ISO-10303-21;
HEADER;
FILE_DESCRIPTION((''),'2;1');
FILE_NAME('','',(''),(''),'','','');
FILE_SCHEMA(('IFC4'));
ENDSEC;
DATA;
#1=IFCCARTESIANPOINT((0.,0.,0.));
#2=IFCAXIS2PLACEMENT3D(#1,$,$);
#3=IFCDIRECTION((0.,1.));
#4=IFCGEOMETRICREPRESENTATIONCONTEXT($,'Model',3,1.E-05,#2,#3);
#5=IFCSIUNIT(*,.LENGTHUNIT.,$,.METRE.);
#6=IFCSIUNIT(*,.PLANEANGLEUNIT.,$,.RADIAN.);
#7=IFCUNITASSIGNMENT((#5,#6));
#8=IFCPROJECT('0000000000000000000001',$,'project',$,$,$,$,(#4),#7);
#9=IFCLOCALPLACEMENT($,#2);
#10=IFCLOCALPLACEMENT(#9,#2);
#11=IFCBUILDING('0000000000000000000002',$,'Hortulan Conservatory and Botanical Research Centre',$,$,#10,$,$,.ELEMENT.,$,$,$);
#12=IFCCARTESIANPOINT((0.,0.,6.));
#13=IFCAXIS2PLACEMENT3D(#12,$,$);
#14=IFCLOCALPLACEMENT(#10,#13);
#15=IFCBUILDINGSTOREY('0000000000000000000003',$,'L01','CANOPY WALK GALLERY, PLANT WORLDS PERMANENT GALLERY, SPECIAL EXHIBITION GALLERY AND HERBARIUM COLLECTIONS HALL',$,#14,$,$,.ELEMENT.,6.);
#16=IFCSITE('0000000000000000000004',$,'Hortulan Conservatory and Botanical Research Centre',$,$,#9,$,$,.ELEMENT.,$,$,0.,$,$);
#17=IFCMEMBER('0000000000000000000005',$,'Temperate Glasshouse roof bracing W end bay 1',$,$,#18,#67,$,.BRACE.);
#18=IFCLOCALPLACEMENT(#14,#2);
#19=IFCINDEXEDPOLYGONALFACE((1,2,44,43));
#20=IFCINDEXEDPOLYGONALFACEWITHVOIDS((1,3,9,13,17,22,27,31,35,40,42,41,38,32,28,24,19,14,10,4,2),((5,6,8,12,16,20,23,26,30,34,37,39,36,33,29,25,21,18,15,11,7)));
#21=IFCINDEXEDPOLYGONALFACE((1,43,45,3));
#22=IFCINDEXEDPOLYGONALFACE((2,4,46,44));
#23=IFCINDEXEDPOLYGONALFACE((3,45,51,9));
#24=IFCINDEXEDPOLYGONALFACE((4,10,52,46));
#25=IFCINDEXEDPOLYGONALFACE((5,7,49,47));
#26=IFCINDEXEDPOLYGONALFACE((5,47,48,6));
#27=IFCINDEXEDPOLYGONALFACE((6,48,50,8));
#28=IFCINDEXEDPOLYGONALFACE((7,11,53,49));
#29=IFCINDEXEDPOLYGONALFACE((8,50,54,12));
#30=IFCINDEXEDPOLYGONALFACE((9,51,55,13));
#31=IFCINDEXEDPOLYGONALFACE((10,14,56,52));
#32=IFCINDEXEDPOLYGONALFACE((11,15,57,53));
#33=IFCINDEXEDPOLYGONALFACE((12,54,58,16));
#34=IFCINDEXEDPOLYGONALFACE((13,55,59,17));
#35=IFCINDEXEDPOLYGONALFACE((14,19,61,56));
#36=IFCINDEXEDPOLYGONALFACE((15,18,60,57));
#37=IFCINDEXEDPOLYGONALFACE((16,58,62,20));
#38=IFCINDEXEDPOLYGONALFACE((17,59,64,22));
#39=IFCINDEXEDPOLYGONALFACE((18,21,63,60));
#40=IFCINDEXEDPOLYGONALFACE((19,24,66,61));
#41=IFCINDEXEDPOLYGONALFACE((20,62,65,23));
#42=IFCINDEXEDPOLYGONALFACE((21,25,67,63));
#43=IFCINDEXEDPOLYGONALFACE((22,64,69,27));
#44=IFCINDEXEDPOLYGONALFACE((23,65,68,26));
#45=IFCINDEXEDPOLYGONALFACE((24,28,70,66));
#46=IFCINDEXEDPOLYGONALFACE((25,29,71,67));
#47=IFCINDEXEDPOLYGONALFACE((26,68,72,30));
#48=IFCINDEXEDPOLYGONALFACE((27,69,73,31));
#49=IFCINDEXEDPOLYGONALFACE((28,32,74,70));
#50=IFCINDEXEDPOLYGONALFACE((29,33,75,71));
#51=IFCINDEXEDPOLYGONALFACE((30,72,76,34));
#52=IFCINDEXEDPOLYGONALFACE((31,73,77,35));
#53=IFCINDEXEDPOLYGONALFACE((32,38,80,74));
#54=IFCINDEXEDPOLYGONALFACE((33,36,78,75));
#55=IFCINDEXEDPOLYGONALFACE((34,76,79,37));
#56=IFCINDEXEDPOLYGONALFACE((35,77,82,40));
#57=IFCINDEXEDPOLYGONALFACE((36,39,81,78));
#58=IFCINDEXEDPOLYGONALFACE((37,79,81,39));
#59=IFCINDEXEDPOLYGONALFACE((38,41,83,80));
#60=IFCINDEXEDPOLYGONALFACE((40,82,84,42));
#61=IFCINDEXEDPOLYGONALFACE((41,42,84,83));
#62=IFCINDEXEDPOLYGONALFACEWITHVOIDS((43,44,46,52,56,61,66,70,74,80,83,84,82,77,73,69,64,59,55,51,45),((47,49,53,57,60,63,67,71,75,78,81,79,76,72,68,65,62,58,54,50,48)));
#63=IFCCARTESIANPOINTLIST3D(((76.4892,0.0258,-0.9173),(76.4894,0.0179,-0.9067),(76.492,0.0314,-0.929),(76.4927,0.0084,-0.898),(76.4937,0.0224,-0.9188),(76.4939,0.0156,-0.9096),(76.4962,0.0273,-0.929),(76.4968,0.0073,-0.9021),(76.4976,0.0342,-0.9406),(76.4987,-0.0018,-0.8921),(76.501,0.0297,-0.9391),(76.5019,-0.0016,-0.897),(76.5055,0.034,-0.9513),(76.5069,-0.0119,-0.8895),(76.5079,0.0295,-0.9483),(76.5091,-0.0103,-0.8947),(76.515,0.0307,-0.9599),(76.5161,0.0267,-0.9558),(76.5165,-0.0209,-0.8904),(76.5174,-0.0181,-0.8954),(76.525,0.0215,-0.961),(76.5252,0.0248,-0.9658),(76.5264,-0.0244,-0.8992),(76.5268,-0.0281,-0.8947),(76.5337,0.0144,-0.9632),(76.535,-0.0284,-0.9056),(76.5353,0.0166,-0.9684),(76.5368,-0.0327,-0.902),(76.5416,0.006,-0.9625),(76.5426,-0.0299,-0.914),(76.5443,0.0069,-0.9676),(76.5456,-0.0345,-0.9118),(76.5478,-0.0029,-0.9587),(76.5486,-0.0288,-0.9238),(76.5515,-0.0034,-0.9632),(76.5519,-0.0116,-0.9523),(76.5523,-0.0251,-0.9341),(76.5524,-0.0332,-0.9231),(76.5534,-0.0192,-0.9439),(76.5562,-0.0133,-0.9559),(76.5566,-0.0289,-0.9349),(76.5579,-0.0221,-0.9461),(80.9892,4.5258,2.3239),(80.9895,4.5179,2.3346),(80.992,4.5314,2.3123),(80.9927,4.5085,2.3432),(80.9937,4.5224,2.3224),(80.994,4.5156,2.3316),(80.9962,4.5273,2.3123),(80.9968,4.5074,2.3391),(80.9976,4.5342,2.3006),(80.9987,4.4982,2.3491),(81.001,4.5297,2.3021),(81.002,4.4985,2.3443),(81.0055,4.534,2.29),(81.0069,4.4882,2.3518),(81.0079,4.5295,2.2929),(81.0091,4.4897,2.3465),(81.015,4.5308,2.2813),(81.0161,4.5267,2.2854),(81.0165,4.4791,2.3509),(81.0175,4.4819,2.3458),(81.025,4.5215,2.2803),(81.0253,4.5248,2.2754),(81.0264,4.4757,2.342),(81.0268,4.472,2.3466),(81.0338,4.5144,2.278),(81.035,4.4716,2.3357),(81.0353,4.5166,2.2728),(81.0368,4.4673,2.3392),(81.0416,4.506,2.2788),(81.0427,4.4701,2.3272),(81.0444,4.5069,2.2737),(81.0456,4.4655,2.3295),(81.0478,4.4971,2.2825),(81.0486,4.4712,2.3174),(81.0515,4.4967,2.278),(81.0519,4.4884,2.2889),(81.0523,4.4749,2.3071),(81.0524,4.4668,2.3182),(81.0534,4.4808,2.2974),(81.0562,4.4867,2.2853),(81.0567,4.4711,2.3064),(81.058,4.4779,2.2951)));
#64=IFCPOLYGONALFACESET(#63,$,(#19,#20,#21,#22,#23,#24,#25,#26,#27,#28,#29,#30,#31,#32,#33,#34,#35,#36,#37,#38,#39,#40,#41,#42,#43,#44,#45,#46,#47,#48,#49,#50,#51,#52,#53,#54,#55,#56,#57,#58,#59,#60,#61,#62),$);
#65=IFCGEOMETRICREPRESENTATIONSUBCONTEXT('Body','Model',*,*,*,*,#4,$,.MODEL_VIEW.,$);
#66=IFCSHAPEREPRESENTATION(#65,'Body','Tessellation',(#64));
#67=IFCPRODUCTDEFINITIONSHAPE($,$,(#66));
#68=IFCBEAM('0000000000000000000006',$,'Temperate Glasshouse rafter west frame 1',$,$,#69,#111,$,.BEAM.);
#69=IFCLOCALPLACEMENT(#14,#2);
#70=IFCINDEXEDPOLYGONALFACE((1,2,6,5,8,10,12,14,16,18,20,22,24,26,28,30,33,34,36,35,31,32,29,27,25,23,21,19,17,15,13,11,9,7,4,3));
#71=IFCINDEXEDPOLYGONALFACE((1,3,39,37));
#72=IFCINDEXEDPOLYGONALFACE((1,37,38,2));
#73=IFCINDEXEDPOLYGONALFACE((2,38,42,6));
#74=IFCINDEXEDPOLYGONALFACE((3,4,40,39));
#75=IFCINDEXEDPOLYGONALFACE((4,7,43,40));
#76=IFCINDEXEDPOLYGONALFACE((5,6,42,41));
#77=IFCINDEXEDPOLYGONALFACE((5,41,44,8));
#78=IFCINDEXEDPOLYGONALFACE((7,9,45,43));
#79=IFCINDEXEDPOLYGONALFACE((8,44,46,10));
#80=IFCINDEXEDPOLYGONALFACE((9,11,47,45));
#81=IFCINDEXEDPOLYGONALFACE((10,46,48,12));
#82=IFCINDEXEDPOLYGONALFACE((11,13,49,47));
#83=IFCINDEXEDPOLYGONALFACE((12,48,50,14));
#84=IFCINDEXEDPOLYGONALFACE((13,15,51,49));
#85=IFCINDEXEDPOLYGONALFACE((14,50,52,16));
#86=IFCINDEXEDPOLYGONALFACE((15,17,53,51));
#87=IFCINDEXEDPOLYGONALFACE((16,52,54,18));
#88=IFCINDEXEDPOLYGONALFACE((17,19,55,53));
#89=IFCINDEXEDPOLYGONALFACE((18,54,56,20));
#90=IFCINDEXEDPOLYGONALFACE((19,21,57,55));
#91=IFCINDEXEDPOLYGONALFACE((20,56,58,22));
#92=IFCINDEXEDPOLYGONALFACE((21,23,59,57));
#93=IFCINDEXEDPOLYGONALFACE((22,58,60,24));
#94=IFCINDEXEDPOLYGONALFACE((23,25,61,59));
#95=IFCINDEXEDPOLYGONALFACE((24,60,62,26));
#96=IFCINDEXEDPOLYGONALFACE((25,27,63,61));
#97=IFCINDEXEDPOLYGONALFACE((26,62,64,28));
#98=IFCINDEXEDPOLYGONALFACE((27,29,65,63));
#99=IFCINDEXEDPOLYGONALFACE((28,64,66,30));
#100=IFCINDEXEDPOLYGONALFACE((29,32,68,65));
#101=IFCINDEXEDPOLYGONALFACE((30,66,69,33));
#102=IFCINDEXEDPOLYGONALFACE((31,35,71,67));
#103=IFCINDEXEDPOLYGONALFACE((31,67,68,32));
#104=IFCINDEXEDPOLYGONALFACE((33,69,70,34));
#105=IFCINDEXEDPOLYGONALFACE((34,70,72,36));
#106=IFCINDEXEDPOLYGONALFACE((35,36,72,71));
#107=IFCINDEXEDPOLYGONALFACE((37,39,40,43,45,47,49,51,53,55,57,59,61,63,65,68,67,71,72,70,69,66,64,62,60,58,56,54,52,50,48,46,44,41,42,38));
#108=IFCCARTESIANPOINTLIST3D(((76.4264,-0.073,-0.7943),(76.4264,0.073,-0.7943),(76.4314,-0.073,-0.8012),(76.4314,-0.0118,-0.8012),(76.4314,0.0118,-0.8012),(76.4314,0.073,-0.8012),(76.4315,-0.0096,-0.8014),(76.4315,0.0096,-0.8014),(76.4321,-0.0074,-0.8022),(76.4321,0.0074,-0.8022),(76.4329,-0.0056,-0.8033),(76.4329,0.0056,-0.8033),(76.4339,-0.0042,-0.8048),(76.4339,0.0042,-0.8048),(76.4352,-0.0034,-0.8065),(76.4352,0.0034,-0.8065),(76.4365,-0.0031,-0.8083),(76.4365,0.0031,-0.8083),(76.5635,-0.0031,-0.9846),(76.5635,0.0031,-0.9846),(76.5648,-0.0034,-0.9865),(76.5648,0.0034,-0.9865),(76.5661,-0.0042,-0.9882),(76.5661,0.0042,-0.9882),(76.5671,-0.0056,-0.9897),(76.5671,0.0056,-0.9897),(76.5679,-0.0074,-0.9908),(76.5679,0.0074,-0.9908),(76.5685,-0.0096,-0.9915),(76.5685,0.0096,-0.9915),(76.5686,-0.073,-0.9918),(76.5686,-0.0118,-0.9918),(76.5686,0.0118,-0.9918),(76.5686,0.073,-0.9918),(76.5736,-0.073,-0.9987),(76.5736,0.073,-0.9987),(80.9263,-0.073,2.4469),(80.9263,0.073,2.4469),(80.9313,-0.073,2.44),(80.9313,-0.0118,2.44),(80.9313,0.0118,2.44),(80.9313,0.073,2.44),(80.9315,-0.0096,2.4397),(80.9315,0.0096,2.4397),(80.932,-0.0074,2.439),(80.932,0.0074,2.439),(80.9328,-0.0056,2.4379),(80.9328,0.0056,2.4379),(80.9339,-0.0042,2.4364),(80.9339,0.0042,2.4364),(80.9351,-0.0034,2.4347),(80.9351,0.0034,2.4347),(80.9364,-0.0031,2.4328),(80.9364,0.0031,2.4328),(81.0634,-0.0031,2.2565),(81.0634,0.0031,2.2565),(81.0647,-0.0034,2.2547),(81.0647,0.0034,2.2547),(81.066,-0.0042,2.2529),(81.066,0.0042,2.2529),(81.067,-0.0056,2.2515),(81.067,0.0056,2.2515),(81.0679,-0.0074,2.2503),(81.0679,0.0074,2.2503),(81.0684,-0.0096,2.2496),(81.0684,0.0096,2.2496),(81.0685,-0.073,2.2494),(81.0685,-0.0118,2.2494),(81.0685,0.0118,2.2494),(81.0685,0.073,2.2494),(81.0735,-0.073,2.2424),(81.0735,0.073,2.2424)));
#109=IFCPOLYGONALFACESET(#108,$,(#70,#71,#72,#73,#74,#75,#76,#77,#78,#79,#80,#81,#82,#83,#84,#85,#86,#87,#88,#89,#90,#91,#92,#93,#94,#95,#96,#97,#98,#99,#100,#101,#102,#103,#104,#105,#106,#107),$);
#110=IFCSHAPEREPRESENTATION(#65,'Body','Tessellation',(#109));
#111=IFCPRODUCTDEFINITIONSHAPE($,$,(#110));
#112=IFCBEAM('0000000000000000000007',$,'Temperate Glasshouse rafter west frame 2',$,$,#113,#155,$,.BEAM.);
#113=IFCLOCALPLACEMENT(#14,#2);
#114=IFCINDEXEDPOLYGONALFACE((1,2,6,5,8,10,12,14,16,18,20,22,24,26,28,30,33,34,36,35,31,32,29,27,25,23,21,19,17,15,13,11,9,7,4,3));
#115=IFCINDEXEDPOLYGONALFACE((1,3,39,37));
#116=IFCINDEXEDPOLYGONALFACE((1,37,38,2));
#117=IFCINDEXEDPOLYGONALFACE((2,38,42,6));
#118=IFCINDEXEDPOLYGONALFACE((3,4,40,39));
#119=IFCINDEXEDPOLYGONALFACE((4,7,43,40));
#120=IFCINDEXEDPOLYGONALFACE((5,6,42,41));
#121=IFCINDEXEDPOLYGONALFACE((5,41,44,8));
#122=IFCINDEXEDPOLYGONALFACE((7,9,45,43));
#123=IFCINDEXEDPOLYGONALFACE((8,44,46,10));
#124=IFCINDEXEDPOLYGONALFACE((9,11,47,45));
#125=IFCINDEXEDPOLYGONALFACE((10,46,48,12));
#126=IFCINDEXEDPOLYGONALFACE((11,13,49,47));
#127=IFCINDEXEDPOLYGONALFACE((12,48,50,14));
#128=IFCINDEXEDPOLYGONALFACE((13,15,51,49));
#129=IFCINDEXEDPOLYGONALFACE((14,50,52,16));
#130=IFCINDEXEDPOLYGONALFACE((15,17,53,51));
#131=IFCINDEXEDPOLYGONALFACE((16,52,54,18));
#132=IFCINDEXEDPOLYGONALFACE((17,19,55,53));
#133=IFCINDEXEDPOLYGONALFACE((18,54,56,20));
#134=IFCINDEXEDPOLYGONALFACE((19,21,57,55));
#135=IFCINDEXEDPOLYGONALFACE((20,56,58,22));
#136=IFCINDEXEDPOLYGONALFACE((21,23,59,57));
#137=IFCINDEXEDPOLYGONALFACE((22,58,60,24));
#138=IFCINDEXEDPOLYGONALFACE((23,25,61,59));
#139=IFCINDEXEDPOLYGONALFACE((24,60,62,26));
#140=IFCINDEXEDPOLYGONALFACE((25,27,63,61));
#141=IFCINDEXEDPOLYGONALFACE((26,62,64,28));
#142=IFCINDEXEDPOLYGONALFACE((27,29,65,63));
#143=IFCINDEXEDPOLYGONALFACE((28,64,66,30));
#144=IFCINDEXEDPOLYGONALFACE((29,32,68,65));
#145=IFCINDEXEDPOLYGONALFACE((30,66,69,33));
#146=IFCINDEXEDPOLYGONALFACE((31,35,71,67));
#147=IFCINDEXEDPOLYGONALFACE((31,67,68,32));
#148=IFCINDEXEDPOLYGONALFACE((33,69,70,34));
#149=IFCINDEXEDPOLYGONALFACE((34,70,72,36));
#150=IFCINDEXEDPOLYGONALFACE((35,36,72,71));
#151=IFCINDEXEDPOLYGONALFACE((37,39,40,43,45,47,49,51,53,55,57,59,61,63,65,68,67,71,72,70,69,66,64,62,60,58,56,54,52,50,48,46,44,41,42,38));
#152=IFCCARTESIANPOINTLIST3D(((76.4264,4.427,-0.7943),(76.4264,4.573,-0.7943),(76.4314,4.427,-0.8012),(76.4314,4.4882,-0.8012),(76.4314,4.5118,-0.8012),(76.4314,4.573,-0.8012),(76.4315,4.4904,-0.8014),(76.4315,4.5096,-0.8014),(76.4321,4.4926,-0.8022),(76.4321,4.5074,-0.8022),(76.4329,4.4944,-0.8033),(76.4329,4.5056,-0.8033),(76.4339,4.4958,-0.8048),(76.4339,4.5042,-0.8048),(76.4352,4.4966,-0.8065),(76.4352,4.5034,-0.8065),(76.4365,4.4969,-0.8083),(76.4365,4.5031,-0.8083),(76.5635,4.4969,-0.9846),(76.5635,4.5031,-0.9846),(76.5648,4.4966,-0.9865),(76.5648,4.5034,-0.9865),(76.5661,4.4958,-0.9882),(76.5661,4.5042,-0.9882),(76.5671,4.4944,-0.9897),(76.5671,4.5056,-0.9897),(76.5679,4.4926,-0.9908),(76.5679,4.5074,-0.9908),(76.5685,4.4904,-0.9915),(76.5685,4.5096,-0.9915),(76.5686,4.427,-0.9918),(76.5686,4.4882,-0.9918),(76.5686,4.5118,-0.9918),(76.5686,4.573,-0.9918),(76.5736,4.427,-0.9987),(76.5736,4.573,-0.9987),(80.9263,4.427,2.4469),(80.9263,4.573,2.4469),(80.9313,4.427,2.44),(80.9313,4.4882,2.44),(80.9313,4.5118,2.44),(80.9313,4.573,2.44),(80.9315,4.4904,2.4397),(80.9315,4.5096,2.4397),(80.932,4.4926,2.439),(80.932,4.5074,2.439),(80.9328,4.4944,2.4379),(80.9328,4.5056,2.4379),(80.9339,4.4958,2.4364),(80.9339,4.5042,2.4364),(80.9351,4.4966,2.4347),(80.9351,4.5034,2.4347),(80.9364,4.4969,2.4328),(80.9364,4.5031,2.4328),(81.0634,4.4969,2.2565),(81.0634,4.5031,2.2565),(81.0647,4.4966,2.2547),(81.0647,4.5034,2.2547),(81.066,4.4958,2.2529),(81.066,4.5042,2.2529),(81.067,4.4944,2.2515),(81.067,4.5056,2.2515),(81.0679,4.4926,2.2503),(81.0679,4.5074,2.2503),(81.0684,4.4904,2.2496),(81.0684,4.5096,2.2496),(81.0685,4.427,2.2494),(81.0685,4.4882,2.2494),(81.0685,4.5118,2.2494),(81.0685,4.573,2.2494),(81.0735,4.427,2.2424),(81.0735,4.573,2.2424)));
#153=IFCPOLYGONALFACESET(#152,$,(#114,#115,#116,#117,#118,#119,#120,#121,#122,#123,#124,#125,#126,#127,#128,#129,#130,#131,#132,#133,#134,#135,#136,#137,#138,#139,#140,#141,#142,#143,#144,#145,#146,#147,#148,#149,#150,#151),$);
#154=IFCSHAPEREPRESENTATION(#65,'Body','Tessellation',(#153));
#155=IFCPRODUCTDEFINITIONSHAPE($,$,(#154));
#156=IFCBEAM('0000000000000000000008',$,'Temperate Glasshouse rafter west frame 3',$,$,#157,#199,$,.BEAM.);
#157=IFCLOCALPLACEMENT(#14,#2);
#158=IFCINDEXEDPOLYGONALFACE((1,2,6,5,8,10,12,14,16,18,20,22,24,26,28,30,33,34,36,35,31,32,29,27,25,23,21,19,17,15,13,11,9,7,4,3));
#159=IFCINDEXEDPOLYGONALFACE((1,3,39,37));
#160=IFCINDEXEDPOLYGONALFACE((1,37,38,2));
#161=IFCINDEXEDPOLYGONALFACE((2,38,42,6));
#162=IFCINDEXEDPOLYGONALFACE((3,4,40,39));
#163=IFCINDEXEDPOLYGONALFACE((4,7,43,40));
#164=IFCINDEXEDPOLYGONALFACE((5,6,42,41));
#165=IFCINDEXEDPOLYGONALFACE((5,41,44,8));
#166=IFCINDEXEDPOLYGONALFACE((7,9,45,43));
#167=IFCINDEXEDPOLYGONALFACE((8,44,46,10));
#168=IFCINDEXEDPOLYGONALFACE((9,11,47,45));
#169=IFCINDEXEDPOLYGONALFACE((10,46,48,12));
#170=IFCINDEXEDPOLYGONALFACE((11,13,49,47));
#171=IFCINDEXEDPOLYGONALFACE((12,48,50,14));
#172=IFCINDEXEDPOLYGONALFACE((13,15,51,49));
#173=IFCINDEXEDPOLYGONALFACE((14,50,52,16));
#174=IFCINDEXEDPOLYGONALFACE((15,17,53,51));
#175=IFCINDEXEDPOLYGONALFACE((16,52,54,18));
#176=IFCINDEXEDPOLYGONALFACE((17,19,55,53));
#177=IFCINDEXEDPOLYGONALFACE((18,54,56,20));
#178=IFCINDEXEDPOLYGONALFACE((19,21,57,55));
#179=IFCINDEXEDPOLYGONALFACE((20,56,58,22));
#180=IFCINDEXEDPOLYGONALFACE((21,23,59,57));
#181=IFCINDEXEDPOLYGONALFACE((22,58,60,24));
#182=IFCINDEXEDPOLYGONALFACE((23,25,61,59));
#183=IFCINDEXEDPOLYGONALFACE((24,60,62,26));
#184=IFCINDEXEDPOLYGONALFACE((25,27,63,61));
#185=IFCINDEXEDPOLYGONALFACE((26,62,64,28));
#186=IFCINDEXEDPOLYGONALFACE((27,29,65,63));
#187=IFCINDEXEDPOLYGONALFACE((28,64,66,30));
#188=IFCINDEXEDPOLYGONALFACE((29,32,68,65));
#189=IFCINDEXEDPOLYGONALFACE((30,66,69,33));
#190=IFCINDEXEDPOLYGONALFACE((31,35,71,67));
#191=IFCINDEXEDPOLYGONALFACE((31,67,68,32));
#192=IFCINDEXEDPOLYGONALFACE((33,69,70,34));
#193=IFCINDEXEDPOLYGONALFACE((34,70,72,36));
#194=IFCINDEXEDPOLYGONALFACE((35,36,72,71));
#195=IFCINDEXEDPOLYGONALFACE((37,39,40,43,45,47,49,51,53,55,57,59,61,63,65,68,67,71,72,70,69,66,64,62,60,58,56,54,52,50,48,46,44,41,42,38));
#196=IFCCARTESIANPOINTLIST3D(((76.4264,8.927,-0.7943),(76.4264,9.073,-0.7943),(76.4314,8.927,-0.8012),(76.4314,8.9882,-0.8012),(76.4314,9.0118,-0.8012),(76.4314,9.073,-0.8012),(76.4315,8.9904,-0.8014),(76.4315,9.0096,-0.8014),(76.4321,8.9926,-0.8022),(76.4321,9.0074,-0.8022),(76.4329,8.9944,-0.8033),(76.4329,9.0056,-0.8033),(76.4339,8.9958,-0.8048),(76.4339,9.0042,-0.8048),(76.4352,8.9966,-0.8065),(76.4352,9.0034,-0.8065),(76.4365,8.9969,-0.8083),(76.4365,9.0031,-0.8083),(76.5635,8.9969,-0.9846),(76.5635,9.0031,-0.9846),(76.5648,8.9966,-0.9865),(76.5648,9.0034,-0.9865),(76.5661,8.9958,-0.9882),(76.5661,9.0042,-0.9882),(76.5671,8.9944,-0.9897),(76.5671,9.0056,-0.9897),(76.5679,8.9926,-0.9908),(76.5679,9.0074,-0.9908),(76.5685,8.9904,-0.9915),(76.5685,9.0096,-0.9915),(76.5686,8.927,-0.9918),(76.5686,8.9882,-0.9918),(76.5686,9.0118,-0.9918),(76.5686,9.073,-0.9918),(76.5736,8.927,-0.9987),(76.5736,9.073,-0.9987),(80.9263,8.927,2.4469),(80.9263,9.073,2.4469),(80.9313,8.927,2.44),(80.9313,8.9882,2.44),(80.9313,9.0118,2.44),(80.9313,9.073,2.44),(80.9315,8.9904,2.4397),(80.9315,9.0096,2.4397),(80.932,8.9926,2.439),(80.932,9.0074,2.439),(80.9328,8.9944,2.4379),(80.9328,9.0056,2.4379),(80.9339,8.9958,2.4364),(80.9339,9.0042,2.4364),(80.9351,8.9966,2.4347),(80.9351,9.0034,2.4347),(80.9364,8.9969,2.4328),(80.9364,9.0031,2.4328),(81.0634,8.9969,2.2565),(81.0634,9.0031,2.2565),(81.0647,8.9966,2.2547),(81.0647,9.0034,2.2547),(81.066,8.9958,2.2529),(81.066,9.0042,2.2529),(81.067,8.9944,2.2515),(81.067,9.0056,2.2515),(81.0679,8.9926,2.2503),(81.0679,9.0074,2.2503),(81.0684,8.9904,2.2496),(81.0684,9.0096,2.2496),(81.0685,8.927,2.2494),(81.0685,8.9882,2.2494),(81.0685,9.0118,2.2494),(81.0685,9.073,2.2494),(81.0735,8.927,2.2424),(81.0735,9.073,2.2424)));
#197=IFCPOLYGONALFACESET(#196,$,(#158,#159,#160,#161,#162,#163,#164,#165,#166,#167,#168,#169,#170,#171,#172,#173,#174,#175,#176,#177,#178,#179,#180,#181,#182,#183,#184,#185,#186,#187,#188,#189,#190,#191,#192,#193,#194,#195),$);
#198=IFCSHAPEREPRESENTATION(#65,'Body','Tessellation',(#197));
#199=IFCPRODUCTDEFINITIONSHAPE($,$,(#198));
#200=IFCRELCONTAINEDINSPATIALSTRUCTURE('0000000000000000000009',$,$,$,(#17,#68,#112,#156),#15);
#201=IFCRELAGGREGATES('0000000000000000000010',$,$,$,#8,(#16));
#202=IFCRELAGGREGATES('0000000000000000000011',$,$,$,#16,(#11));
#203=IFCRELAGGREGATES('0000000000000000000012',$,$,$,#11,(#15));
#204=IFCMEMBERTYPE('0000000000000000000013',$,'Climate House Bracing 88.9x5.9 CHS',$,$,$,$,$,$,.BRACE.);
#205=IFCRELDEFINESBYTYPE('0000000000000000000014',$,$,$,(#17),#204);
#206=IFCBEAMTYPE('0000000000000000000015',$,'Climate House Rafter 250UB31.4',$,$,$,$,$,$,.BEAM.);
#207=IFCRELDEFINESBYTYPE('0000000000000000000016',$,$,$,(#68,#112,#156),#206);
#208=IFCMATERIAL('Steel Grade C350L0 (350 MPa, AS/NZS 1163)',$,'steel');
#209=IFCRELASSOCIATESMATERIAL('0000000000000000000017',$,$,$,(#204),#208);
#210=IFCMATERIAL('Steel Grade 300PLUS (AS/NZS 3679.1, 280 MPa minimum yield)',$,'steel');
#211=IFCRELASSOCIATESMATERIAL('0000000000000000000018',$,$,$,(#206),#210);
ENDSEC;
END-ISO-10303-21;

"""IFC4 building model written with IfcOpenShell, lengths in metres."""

from ifc_helpers import new_model, si_unit, direction, frame, origin, origin_2d, place, context, subcontext, project, spatial, hollow_circle, i_section, extrude, material, material_profile, profile_set, type_object, element, save


model = new_model("IFC4")

# Units and contexts
model_context = context("Model", 3, precision=1e-05, world=origin(), true_north=direction((0.0, 1.0)))
body_context = subcontext(model_context, "Body", "Model", "MODEL_VIEW")
ifc_project = project(units=[si_unit("LENGTHUNIT", "METRE"), si_unit("PLANEANGLEUNIT", "RADIAN")], contexts=[model_context])

# Site, building, storey
site_placement = place(None, origin())
site = spatial("IfcSite", under=ifc_project, at=site_placement, Name="Hortulan Conservatory and Botanical Research Centre", CompositionType="ELEMENT", RefElevation=0.0)
building_placement = place(site_placement, origin())
building = spatial("IfcBuilding", under=site, at=building_placement, Name="Hortulan Conservatory and Botanical Research Centre", CompositionType="ELEMENT")
storey_placement = place(building_placement, frame((0.0, 0.0, 6.0)))
storey = spatial("IfcBuildingStorey", under=building, at=storey_placement, Name="L01", Description="CANOPY WALK GALLERY, PLANT WORLDS PERMANENT GALLERY, SPECIAL EXHIBITION GALLERY AND HERBARIUM COLLECTIONS HALL", CompositionType="ELEMENT", Elevation=6.0)

# Member
ifc_material_1 = material(Name="Steel Grade C350L0 (350 MPa, AS/NZS 1163)", Category="steel")
ifc_material_profile_1 = material_profile(ifc_material_1, hollow_circle(Radius=0.0444, WallThickness=0.0059, at=origin_2d()), Name="88.9x5.9CHS")
ifc_profile_set_1 = profile_set([ifc_material_profile_1], Name="Steel Grade C350L0 (350 MPa, AS/NZS 1163)")
member_type_1 = type_object("IfcMemberType", Name="Climate House Bracing 88.9x5.9 CHS", PredefinedType="BRACE", material=ifc_profile_set_1)
member_1_placement = place(storey_placement, frame((76.5234, 0.0, -0.929), z_axis=(0.630092, 0.630092, 0.453836), x_axis=(-0.707107, 0.707107, 0.0)))
element("IfcMember", 1, at=member_1_placement, inside=storey, type_object=member_type_1, Name="Temperate Glasshouse roof bracing W end bay 1", PredefinedType="BRACE", context=body_context, shape_type="SweptSolid", body=[
    extrude(hollow_circle(Radius=0.0444, WallThickness=0.0059, at=origin_2d()), origin(), (0.0, 0.0, 1.0), 7.1418),
])

# Beams
ifc_material_2 = material(Name="Steel Grade 300PLUS (AS/NZS 3679.1, 280 MPa minimum yield)", Category="steel")
ifc_material_profile_2 = material_profile(ifc_material_2, i_section(OverallWidth=0.146, OverallDepth=0.252, WebThickness=0.0061, FlangeThickness=0.0085, FilletRadius=0.0088, at=origin_2d()), Name="250UB31.4")
ifc_profile_set_2 = profile_set([ifc_material_profile_2], Name="Steel Grade 300PLUS (AS/NZS 3679.1, 280 MPa minimum yield)")
beam_type = type_object("IfcBeamType", Name="Climate House Rafter 250UB31.4", PredefinedType="BEAM", material=ifc_profile_set_2)
for number, where, z_axis, x_axis, name in (
    (2, (76.5, 0.0, -0.8965), (0.811431, 0.0, 0.584449), (0.0, 1.0, 0.0), "Temperate Glasshouse rafter west frame 1"),
    (3, (76.5, 4.5, -0.8965), (0.811431, 0.0, 0.584449), (0.0, 1.0, 0.0), "Temperate Glasshouse rafter west frame 2"),
    (4, (76.5, 9.0, -0.8965), (0.811431, 0.0, 0.584449), (0.0, 1.0, 0.0), "Temperate Glasshouse rafter west frame 3"),
):
    element("IfcBeam", number, at=place(storey_placement, frame(where, z_axis=z_axis, x_axis=x_axis)), inside=storey, type_object=beam_type, Name=name, PredefinedType="BEAM", context=body_context, shape_type="SweptSolid", body=[
        extrude(i_section(OverallWidth=0.146, OverallDepth=0.252, WebThickness=0.0061, FlangeThickness=0.0085, FilletRadius=0.0088, at=origin_2d()), origin(), (0.0, 0.0, 1.0), 5.5457),
    ])

save(model, "model.ifc")
